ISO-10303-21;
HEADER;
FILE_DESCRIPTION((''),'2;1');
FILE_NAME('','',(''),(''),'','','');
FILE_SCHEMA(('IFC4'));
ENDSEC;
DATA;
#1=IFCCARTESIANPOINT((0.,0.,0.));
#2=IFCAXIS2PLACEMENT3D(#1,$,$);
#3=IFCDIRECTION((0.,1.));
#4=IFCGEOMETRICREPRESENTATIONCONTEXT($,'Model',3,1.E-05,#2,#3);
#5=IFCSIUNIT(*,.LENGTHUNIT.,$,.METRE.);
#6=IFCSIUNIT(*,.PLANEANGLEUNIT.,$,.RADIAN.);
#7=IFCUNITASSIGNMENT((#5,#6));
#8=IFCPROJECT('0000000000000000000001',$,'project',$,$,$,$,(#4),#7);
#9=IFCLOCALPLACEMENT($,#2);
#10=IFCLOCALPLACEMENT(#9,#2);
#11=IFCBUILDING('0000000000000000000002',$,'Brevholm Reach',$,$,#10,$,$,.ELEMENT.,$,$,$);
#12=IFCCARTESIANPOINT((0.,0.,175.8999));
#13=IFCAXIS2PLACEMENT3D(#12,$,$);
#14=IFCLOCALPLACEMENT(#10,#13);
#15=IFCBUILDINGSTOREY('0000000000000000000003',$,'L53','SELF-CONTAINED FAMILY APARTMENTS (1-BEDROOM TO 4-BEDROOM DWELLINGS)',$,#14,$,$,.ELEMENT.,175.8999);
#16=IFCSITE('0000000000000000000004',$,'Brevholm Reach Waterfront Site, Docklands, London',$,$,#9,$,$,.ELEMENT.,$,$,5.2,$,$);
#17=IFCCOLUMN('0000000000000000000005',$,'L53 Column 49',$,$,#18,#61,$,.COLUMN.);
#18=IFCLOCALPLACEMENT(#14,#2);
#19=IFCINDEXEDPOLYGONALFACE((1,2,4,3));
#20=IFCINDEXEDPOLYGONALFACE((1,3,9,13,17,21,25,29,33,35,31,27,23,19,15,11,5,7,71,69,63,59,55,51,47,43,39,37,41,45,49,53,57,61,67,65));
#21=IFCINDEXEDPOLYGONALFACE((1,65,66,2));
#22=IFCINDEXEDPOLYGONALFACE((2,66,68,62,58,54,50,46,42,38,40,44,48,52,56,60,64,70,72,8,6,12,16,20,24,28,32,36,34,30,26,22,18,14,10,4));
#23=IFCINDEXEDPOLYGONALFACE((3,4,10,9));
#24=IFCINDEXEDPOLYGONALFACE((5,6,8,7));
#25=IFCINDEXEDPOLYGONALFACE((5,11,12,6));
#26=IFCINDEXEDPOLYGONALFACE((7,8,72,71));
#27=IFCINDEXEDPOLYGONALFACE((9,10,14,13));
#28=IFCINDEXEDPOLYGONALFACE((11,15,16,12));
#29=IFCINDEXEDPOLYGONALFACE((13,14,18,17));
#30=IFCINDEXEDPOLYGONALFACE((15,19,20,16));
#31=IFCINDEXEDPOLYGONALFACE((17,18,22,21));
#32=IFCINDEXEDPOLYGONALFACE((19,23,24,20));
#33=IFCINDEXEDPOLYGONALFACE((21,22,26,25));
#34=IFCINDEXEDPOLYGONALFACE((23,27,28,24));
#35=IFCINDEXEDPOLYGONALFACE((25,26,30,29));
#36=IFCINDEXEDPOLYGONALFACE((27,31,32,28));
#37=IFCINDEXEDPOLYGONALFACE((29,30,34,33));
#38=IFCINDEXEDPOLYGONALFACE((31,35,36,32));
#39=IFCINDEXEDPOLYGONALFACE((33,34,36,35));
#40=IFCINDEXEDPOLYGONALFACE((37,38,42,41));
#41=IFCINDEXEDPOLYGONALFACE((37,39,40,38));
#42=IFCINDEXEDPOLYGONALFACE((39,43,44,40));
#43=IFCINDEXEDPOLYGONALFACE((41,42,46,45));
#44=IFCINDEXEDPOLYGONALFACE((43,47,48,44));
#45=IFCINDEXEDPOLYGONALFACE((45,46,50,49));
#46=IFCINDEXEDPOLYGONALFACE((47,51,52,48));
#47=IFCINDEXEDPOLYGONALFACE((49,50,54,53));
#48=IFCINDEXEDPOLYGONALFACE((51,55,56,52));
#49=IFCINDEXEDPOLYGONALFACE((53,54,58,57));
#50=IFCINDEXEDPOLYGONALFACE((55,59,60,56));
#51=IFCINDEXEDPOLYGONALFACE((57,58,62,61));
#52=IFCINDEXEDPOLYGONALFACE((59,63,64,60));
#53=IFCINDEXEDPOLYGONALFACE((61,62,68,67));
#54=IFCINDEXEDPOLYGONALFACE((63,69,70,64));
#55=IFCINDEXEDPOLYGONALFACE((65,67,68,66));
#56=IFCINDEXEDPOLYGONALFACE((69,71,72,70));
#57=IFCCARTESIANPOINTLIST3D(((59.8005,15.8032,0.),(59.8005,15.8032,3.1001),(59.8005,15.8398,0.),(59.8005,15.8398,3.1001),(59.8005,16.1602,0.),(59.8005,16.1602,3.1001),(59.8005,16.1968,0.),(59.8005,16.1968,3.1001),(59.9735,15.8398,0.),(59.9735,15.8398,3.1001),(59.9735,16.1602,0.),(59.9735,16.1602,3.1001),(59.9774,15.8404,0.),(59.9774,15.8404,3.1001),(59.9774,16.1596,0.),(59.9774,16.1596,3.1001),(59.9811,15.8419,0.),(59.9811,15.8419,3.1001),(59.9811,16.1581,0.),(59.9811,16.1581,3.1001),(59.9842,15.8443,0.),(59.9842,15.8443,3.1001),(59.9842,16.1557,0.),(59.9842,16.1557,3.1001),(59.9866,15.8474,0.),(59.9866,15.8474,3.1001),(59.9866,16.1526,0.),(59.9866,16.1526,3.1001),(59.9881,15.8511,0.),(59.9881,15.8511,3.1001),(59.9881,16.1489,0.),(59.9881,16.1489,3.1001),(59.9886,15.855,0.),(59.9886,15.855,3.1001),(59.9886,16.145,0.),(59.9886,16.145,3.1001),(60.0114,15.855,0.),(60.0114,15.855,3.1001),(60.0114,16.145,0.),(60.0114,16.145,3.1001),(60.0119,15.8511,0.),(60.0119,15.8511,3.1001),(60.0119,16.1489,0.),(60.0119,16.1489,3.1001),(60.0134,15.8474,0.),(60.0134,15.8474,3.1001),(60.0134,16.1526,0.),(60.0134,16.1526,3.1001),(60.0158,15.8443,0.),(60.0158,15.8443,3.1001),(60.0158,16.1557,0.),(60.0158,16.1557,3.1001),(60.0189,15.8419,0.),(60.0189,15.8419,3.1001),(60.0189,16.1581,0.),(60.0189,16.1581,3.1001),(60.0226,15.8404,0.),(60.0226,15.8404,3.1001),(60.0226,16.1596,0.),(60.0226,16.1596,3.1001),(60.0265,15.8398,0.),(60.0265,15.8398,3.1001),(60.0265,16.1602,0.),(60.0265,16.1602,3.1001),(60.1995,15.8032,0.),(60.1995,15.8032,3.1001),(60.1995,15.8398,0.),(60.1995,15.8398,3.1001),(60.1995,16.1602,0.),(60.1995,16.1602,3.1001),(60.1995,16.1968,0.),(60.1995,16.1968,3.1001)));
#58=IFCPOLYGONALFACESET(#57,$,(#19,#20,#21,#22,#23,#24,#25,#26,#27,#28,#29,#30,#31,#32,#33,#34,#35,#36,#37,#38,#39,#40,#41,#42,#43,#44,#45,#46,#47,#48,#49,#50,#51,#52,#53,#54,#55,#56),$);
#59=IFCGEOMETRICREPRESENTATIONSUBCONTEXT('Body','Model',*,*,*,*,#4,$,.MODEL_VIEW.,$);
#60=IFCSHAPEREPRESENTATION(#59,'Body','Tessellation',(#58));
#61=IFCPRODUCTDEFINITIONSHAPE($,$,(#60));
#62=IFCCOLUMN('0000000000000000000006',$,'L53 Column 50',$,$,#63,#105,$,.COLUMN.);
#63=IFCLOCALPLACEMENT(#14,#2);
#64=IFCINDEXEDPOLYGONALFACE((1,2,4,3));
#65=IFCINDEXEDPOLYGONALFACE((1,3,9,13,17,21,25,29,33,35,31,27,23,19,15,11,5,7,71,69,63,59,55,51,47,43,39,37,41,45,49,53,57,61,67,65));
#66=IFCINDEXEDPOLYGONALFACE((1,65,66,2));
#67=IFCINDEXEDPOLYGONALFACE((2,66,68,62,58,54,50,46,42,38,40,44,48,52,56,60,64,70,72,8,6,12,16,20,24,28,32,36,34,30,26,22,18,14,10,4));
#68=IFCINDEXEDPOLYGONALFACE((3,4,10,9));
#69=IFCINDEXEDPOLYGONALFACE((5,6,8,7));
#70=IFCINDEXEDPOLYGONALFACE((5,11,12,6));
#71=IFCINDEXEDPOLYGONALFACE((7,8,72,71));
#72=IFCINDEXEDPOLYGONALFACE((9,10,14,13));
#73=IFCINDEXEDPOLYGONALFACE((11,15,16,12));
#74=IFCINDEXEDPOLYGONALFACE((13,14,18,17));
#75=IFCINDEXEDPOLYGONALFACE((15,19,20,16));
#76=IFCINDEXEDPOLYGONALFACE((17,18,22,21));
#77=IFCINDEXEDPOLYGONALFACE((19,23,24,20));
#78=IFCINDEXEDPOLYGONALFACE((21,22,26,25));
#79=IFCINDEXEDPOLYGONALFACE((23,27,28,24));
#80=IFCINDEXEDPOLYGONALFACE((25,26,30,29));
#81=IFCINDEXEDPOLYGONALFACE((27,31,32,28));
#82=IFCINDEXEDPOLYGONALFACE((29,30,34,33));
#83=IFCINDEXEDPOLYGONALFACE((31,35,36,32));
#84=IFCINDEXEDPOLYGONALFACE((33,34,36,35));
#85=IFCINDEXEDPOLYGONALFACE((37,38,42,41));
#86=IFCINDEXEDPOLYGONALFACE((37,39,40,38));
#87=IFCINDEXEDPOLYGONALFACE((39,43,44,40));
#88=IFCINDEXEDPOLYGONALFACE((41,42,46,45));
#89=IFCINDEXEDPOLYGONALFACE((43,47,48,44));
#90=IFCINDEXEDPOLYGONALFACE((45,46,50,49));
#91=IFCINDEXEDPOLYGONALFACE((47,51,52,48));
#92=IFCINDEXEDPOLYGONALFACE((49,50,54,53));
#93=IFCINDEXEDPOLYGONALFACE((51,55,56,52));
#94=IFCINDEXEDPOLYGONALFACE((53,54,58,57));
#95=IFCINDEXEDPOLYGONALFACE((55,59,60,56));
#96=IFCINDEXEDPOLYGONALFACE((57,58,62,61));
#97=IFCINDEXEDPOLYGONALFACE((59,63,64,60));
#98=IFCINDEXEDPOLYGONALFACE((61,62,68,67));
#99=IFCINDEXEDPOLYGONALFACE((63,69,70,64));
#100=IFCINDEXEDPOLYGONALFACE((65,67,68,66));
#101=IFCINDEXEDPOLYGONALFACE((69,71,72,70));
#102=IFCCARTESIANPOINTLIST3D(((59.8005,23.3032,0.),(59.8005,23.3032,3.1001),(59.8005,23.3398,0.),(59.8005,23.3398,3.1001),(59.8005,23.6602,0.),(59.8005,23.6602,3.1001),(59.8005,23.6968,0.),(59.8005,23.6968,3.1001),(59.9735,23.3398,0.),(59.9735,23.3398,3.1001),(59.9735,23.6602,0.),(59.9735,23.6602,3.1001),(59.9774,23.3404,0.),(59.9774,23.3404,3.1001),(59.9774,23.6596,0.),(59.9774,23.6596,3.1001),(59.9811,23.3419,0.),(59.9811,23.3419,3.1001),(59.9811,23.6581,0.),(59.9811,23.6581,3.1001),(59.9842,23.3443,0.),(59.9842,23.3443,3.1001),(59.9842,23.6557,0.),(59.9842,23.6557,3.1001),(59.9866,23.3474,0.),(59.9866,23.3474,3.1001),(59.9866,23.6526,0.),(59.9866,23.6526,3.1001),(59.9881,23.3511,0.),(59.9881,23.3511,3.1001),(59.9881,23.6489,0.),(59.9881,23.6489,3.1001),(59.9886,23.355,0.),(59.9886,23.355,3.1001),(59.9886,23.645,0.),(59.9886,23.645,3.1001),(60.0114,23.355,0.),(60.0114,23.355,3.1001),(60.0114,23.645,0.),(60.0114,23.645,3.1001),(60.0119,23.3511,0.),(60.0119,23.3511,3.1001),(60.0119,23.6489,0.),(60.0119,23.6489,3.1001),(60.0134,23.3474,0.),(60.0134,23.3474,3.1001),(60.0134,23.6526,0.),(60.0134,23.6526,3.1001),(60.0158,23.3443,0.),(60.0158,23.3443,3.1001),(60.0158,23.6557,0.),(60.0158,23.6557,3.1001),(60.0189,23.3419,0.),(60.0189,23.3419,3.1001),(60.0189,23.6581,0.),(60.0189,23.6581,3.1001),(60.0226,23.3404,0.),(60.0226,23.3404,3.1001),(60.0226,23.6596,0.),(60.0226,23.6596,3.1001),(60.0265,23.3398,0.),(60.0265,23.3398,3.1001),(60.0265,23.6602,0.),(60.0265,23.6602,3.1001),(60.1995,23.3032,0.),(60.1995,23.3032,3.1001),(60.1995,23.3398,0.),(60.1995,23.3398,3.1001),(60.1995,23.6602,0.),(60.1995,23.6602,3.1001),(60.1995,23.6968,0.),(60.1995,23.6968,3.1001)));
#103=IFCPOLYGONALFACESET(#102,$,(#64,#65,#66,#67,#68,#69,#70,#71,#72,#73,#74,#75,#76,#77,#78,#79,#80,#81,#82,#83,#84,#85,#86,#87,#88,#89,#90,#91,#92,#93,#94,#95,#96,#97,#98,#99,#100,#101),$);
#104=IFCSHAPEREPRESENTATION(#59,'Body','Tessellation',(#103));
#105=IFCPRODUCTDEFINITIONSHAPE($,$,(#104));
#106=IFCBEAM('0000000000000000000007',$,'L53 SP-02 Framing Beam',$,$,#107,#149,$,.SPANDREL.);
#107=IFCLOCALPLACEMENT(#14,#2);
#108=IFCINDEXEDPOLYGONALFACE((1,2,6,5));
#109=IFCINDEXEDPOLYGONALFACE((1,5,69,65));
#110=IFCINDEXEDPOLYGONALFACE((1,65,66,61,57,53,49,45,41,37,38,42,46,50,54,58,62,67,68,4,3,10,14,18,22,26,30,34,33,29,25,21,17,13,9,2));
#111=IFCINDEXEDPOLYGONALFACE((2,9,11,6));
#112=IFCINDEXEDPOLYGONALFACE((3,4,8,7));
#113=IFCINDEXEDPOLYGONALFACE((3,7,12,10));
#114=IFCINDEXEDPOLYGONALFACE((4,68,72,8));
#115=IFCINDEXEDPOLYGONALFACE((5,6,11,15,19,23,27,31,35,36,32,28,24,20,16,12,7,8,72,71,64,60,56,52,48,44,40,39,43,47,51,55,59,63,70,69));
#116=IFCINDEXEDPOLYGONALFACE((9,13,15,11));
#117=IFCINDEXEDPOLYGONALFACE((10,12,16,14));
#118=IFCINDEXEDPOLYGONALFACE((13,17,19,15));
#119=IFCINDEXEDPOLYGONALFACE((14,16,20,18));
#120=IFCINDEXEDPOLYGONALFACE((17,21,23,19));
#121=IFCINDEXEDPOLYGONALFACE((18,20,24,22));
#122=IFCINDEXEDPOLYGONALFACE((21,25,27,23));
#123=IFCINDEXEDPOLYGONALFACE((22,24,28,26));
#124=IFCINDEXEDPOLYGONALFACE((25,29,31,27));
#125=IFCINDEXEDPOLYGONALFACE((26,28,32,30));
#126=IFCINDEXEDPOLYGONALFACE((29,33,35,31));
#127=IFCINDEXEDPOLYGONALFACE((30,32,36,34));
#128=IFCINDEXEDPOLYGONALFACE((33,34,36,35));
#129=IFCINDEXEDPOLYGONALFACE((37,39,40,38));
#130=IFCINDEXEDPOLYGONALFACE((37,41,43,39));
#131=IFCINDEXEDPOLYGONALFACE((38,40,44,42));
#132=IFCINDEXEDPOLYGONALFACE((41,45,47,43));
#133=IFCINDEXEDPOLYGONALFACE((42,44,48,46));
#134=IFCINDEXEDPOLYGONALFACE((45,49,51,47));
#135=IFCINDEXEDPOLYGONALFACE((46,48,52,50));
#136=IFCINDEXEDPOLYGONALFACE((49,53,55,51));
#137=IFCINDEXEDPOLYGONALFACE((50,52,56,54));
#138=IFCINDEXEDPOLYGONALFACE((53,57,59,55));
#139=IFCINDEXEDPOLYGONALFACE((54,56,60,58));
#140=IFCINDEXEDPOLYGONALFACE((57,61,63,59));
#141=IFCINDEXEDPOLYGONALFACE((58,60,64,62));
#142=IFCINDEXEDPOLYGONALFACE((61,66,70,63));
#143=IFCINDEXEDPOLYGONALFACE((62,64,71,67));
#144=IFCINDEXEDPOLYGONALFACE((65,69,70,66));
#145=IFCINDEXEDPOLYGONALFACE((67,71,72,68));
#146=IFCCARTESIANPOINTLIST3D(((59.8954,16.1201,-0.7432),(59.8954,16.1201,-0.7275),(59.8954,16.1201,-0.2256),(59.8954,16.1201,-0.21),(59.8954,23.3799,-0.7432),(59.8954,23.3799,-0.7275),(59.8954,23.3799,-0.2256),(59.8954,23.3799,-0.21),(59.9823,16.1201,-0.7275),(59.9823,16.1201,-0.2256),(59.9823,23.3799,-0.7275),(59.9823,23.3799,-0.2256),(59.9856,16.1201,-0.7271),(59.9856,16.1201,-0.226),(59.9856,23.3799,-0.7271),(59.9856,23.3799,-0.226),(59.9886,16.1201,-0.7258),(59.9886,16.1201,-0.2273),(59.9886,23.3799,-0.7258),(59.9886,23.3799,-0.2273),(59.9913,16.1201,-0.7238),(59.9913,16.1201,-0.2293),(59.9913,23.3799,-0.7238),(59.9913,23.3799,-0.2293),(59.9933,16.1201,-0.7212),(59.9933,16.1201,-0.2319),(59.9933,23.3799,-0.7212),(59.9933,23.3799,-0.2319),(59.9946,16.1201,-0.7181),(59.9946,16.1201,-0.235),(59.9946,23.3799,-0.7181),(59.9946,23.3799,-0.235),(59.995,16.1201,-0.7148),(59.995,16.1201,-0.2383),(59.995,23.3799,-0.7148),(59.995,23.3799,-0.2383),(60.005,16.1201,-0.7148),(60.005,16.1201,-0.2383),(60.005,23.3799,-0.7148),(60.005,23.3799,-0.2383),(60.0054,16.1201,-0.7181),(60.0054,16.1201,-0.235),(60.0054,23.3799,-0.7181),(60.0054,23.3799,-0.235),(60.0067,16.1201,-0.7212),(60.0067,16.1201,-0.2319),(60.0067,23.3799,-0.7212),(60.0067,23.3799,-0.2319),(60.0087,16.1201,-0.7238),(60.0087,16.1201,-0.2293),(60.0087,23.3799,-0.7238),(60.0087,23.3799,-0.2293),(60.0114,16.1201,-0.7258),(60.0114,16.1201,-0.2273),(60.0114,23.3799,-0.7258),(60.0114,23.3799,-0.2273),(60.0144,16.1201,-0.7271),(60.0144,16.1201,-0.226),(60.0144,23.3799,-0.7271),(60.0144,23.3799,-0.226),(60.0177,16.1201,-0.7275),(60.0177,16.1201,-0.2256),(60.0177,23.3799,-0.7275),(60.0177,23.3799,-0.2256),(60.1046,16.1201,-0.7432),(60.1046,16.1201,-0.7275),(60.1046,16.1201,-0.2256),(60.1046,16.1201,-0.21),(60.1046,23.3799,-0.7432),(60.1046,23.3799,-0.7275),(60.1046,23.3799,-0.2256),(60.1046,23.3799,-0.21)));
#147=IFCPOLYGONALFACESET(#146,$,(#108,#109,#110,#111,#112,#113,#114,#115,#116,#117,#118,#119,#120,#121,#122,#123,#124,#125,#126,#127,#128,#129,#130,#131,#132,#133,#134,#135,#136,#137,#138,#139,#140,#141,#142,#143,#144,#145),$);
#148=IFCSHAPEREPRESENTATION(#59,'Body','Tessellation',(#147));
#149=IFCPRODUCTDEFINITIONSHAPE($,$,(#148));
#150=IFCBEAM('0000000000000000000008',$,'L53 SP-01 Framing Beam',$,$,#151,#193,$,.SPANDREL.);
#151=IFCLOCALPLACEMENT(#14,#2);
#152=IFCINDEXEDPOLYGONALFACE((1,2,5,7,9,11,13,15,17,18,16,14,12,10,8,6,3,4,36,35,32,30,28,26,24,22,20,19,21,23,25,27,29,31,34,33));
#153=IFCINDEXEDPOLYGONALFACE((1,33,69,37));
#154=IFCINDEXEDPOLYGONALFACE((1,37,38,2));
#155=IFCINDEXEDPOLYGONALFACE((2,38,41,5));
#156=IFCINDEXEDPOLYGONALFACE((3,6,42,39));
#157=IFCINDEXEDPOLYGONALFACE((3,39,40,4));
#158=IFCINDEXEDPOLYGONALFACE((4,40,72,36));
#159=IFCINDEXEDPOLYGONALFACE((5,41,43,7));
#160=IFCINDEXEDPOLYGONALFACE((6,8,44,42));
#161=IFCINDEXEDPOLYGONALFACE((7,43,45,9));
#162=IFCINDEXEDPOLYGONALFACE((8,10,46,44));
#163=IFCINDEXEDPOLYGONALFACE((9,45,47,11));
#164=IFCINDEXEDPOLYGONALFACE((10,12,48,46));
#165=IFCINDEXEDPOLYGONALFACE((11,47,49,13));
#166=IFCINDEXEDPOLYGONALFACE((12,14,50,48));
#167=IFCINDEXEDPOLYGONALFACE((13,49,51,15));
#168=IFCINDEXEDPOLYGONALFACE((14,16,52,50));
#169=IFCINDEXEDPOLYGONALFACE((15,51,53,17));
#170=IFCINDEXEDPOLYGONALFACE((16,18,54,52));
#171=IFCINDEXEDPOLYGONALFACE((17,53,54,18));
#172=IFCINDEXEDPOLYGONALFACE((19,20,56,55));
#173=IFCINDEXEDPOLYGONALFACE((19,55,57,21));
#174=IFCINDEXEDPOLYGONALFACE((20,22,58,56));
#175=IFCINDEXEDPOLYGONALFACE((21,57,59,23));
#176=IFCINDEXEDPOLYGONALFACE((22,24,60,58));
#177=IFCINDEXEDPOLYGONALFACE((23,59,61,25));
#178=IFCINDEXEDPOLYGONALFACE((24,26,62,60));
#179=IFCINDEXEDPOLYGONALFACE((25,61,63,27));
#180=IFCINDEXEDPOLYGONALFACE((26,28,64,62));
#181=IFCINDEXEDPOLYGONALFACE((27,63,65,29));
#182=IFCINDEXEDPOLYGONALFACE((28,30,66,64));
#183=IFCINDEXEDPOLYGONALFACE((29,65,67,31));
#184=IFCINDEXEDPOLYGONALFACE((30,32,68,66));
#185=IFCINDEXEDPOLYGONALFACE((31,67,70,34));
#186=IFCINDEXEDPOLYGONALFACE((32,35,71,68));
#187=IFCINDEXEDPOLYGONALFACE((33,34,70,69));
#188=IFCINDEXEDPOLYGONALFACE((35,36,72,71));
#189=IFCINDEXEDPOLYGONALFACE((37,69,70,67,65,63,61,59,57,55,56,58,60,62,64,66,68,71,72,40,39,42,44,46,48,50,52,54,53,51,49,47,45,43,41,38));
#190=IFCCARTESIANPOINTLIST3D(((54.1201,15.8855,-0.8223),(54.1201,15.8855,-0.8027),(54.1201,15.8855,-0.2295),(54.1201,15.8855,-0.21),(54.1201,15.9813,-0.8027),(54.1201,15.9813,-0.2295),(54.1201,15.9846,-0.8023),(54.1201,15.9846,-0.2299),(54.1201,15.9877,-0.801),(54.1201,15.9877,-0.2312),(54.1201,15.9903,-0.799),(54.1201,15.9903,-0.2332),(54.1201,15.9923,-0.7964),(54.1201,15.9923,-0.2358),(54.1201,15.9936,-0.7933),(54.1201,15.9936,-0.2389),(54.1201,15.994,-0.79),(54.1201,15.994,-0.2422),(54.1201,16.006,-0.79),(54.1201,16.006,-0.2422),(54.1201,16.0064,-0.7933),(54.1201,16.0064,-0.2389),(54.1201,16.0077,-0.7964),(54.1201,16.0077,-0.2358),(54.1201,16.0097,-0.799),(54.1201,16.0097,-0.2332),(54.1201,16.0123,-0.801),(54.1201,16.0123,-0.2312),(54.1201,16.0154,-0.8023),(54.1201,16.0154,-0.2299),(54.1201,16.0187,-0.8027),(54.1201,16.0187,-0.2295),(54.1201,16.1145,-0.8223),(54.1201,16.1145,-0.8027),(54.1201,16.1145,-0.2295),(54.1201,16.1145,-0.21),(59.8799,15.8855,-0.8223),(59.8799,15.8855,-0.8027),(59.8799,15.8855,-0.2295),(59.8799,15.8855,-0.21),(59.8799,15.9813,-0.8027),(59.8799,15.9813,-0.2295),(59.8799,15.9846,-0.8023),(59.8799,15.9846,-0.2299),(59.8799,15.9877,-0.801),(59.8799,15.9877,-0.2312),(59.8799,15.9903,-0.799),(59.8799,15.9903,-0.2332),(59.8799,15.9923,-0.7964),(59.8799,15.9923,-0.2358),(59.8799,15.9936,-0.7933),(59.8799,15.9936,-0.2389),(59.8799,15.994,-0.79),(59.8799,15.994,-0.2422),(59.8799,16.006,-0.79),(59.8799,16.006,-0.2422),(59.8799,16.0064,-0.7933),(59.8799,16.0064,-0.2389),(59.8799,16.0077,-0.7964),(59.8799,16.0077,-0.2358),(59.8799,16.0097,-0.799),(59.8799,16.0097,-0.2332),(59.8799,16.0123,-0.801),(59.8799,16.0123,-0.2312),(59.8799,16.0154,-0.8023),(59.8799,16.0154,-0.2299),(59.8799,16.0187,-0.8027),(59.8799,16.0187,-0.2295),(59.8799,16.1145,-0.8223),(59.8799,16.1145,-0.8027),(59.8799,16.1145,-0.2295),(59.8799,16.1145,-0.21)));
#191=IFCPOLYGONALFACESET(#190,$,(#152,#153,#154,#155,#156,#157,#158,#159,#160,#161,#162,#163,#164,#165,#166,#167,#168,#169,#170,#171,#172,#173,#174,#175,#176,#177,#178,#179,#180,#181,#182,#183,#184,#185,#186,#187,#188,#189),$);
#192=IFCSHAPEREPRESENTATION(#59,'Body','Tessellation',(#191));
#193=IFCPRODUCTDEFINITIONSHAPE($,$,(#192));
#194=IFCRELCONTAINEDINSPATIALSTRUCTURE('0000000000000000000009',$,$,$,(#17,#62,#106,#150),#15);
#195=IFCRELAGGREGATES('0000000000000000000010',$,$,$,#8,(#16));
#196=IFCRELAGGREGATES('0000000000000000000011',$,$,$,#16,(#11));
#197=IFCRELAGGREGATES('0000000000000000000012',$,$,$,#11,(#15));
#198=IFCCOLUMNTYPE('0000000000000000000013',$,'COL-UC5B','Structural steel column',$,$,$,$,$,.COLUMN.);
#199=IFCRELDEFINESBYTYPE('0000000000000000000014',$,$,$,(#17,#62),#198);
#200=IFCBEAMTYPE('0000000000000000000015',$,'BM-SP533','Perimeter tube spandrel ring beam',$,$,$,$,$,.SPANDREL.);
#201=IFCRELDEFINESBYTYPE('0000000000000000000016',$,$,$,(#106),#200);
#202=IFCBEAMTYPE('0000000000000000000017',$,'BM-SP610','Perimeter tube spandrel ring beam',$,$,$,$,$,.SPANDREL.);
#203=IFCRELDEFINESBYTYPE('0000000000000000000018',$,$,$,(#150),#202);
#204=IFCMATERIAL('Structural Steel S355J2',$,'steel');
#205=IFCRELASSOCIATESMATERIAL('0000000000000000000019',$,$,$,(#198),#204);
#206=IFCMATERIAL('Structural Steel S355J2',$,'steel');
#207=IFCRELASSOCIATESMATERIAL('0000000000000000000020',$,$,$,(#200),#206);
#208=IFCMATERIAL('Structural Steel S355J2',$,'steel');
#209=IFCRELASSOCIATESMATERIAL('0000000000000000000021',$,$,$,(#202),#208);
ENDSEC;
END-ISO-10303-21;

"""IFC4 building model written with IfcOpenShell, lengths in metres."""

from ifc_helpers import new_model, si_unit, direction, frame, origin, origin_2d, place, context, subcontext, project, spatial, i_section, extrude, material, material_profile, profile_set, type_object, element, save


model = new_model("IFC4")

# Units and contexts
model_context = context("Model", 3, precision=1e-05, world=origin(), true_north=direction((0.0, 1.0)))
body_context = subcontext(model_context, "Body", "Model", "MODEL_VIEW")
ifc_project = project(units=[si_unit("LENGTHUNIT", "METRE"), si_unit("PLANEANGLEUNIT", "RADIAN")], contexts=[model_context])

# Site, building, storey
site_placement = place(None, origin())
site = spatial("IfcSite", under=ifc_project, at=site_placement, Name="Brevholm Reach Waterfront Site, Docklands, London", CompositionType="ELEMENT", RefElevation=5.2)
building_placement = place(site_placement, origin())
building = spatial("IfcBuilding", under=site, at=building_placement, Name="Brevholm Reach", CompositionType="ELEMENT")
storey_placement = place(building_placement, frame((0.0, 0.0, 175.8999)))
storey = spatial("IfcBuildingStorey", under=building, at=storey_placement, Name="L53", Description="SELF-CONTAINED FAMILY APARTMENTS (1-BEDROOM TO 4-BEDROOM DWELLINGS)", CompositionType="ELEMENT", Elevation=175.8999)

# Columns
ifc_material_1 = material(Name="Structural Steel S355J2", Category="steel")
ifc_material_profile_1 = material_profile(ifc_material_1, i_section(OverallWidth=0.3989, OverallDepth=0.3936, WebThickness=0.0227, FlangeThickness=0.0366, FilletRadius=0.0151, at=origin_2d()), Name="UKC 356x406x287")
ifc_profile_set_1 = profile_set([ifc_material_profile_1], Name="Structural Steel S355J2")
column_type = type_object("IfcColumnType", Name="COL-UC5B", Description="Structural steel column", PredefinedType="COLUMN", material=ifc_profile_set_1)
for number, where, z_axis, x_axis, name in (
    (1, (60.0, 16.0, 0.0), (0.0, 0.0, 1.0), (1.0, 0.0, 0.0), "L53 Column 49"),
    (2, (60.0, 23.5, 0.0), (0.0, 0.0, 1.0), (1.0, 0.0, 0.0), "L53 Column 50"),
):
    element("IfcColumn", number, at=place(storey_placement, frame(where, z_axis=z_axis, x_axis=x_axis)), inside=storey, type_object=column_type, Name=name, PredefinedType="COLUMN", context=body_context, shape_type="SweptSolid", body=[
        extrude(i_section(OverallWidth=0.3989, OverallDepth=0.3936, WebThickness=0.0227, FlangeThickness=0.0366, FilletRadius=0.0151, at=origin_2d()), origin(), (0.0, 0.0, 1.0), 3.1001),
    ])

# Beams
ifc_material_2 = material(Name="Structural Steel S355J2", Category="steel")
ifc_material_profile_2 = material_profile(ifc_material_2, i_section(OverallWidth=0.2092, OverallDepth=0.5332, WebThickness=0.01, FlangeThickness=0.0156, FilletRadius=0.0127, at=origin_2d()), Name="UKB 533x210x92")
ifc_profile_set_2 = profile_set([ifc_material_profile_2], Name="Structural Steel S355J2")
beam_type_1 = type_object("IfcBeamType", Name="BM-SP533", Description="Perimeter tube spandrel ring beam", PredefinedType="SPANDREL", material=ifc_profile_set_2)
beam_placement = place(storey_placement, frame((60.0, 16.1201, -0.4766), z_axis=(0.0, 1.0, 0.0), x_axis=(-1.0, 0.0, 0.0)))
element("IfcBeam", 3, at=beam_placement, inside=storey, type_object=beam_type_1, Name="L53 SP-02 Framing Beam", PredefinedType="SPANDREL", context=body_context, shape_type="SweptSolid", body=[
    extrude(i_section(OverallWidth=0.2092, OverallDepth=0.5332, WebThickness=0.01, FlangeThickness=0.0156, FilletRadius=0.0127, at=origin_2d()), origin(), (0.0, 0.0, 1.0), 7.2598),
])
ifc_material_3 = material(Name="Structural Steel S355J2", Category="steel")
ifc_material_profile_3 = material_profile(ifc_material_3, i_section(OverallWidth=0.229, OverallDepth=0.6123, WebThickness=0.012, FlangeThickness=0.0195, FilletRadius=0.0127, at=origin_2d()), Name="UKB 610x229x125")
ifc_profile_set_3 = profile_set([ifc_material_profile_3], Name="Structural Steel S355J2")
beam_type_2 = type_object("IfcBeamType", Name="BM-SP610", Description="Perimeter tube spandrel ring beam", PredefinedType="SPANDREL", material=ifc_profile_set_3)
for number, where, z_axis, x_axis, name in (
    (4, (54.1201, 16.0, -0.5161), (1.0, 0.0, 0.0), (0.0, 1.0, 0.0), "L53 SP-01 Framing Beam"),
):
    element("IfcBeam", number, at=place(storey_placement, frame(where, z_axis=z_axis, x_axis=x_axis)), inside=storey, type_object=beam_type_2, Name=name, PredefinedType="SPANDREL", context=body_context, shape_type="SweptSolid", body=[
        extrude(i_section(OverallWidth=0.229, OverallDepth=0.6123, WebThickness=0.012, FlangeThickness=0.0195, FilletRadius=0.0127, at=origin_2d()), origin(), (0.0, 0.0, 1.0), 5.7598),
    ])

save(model, "model.ifc")
